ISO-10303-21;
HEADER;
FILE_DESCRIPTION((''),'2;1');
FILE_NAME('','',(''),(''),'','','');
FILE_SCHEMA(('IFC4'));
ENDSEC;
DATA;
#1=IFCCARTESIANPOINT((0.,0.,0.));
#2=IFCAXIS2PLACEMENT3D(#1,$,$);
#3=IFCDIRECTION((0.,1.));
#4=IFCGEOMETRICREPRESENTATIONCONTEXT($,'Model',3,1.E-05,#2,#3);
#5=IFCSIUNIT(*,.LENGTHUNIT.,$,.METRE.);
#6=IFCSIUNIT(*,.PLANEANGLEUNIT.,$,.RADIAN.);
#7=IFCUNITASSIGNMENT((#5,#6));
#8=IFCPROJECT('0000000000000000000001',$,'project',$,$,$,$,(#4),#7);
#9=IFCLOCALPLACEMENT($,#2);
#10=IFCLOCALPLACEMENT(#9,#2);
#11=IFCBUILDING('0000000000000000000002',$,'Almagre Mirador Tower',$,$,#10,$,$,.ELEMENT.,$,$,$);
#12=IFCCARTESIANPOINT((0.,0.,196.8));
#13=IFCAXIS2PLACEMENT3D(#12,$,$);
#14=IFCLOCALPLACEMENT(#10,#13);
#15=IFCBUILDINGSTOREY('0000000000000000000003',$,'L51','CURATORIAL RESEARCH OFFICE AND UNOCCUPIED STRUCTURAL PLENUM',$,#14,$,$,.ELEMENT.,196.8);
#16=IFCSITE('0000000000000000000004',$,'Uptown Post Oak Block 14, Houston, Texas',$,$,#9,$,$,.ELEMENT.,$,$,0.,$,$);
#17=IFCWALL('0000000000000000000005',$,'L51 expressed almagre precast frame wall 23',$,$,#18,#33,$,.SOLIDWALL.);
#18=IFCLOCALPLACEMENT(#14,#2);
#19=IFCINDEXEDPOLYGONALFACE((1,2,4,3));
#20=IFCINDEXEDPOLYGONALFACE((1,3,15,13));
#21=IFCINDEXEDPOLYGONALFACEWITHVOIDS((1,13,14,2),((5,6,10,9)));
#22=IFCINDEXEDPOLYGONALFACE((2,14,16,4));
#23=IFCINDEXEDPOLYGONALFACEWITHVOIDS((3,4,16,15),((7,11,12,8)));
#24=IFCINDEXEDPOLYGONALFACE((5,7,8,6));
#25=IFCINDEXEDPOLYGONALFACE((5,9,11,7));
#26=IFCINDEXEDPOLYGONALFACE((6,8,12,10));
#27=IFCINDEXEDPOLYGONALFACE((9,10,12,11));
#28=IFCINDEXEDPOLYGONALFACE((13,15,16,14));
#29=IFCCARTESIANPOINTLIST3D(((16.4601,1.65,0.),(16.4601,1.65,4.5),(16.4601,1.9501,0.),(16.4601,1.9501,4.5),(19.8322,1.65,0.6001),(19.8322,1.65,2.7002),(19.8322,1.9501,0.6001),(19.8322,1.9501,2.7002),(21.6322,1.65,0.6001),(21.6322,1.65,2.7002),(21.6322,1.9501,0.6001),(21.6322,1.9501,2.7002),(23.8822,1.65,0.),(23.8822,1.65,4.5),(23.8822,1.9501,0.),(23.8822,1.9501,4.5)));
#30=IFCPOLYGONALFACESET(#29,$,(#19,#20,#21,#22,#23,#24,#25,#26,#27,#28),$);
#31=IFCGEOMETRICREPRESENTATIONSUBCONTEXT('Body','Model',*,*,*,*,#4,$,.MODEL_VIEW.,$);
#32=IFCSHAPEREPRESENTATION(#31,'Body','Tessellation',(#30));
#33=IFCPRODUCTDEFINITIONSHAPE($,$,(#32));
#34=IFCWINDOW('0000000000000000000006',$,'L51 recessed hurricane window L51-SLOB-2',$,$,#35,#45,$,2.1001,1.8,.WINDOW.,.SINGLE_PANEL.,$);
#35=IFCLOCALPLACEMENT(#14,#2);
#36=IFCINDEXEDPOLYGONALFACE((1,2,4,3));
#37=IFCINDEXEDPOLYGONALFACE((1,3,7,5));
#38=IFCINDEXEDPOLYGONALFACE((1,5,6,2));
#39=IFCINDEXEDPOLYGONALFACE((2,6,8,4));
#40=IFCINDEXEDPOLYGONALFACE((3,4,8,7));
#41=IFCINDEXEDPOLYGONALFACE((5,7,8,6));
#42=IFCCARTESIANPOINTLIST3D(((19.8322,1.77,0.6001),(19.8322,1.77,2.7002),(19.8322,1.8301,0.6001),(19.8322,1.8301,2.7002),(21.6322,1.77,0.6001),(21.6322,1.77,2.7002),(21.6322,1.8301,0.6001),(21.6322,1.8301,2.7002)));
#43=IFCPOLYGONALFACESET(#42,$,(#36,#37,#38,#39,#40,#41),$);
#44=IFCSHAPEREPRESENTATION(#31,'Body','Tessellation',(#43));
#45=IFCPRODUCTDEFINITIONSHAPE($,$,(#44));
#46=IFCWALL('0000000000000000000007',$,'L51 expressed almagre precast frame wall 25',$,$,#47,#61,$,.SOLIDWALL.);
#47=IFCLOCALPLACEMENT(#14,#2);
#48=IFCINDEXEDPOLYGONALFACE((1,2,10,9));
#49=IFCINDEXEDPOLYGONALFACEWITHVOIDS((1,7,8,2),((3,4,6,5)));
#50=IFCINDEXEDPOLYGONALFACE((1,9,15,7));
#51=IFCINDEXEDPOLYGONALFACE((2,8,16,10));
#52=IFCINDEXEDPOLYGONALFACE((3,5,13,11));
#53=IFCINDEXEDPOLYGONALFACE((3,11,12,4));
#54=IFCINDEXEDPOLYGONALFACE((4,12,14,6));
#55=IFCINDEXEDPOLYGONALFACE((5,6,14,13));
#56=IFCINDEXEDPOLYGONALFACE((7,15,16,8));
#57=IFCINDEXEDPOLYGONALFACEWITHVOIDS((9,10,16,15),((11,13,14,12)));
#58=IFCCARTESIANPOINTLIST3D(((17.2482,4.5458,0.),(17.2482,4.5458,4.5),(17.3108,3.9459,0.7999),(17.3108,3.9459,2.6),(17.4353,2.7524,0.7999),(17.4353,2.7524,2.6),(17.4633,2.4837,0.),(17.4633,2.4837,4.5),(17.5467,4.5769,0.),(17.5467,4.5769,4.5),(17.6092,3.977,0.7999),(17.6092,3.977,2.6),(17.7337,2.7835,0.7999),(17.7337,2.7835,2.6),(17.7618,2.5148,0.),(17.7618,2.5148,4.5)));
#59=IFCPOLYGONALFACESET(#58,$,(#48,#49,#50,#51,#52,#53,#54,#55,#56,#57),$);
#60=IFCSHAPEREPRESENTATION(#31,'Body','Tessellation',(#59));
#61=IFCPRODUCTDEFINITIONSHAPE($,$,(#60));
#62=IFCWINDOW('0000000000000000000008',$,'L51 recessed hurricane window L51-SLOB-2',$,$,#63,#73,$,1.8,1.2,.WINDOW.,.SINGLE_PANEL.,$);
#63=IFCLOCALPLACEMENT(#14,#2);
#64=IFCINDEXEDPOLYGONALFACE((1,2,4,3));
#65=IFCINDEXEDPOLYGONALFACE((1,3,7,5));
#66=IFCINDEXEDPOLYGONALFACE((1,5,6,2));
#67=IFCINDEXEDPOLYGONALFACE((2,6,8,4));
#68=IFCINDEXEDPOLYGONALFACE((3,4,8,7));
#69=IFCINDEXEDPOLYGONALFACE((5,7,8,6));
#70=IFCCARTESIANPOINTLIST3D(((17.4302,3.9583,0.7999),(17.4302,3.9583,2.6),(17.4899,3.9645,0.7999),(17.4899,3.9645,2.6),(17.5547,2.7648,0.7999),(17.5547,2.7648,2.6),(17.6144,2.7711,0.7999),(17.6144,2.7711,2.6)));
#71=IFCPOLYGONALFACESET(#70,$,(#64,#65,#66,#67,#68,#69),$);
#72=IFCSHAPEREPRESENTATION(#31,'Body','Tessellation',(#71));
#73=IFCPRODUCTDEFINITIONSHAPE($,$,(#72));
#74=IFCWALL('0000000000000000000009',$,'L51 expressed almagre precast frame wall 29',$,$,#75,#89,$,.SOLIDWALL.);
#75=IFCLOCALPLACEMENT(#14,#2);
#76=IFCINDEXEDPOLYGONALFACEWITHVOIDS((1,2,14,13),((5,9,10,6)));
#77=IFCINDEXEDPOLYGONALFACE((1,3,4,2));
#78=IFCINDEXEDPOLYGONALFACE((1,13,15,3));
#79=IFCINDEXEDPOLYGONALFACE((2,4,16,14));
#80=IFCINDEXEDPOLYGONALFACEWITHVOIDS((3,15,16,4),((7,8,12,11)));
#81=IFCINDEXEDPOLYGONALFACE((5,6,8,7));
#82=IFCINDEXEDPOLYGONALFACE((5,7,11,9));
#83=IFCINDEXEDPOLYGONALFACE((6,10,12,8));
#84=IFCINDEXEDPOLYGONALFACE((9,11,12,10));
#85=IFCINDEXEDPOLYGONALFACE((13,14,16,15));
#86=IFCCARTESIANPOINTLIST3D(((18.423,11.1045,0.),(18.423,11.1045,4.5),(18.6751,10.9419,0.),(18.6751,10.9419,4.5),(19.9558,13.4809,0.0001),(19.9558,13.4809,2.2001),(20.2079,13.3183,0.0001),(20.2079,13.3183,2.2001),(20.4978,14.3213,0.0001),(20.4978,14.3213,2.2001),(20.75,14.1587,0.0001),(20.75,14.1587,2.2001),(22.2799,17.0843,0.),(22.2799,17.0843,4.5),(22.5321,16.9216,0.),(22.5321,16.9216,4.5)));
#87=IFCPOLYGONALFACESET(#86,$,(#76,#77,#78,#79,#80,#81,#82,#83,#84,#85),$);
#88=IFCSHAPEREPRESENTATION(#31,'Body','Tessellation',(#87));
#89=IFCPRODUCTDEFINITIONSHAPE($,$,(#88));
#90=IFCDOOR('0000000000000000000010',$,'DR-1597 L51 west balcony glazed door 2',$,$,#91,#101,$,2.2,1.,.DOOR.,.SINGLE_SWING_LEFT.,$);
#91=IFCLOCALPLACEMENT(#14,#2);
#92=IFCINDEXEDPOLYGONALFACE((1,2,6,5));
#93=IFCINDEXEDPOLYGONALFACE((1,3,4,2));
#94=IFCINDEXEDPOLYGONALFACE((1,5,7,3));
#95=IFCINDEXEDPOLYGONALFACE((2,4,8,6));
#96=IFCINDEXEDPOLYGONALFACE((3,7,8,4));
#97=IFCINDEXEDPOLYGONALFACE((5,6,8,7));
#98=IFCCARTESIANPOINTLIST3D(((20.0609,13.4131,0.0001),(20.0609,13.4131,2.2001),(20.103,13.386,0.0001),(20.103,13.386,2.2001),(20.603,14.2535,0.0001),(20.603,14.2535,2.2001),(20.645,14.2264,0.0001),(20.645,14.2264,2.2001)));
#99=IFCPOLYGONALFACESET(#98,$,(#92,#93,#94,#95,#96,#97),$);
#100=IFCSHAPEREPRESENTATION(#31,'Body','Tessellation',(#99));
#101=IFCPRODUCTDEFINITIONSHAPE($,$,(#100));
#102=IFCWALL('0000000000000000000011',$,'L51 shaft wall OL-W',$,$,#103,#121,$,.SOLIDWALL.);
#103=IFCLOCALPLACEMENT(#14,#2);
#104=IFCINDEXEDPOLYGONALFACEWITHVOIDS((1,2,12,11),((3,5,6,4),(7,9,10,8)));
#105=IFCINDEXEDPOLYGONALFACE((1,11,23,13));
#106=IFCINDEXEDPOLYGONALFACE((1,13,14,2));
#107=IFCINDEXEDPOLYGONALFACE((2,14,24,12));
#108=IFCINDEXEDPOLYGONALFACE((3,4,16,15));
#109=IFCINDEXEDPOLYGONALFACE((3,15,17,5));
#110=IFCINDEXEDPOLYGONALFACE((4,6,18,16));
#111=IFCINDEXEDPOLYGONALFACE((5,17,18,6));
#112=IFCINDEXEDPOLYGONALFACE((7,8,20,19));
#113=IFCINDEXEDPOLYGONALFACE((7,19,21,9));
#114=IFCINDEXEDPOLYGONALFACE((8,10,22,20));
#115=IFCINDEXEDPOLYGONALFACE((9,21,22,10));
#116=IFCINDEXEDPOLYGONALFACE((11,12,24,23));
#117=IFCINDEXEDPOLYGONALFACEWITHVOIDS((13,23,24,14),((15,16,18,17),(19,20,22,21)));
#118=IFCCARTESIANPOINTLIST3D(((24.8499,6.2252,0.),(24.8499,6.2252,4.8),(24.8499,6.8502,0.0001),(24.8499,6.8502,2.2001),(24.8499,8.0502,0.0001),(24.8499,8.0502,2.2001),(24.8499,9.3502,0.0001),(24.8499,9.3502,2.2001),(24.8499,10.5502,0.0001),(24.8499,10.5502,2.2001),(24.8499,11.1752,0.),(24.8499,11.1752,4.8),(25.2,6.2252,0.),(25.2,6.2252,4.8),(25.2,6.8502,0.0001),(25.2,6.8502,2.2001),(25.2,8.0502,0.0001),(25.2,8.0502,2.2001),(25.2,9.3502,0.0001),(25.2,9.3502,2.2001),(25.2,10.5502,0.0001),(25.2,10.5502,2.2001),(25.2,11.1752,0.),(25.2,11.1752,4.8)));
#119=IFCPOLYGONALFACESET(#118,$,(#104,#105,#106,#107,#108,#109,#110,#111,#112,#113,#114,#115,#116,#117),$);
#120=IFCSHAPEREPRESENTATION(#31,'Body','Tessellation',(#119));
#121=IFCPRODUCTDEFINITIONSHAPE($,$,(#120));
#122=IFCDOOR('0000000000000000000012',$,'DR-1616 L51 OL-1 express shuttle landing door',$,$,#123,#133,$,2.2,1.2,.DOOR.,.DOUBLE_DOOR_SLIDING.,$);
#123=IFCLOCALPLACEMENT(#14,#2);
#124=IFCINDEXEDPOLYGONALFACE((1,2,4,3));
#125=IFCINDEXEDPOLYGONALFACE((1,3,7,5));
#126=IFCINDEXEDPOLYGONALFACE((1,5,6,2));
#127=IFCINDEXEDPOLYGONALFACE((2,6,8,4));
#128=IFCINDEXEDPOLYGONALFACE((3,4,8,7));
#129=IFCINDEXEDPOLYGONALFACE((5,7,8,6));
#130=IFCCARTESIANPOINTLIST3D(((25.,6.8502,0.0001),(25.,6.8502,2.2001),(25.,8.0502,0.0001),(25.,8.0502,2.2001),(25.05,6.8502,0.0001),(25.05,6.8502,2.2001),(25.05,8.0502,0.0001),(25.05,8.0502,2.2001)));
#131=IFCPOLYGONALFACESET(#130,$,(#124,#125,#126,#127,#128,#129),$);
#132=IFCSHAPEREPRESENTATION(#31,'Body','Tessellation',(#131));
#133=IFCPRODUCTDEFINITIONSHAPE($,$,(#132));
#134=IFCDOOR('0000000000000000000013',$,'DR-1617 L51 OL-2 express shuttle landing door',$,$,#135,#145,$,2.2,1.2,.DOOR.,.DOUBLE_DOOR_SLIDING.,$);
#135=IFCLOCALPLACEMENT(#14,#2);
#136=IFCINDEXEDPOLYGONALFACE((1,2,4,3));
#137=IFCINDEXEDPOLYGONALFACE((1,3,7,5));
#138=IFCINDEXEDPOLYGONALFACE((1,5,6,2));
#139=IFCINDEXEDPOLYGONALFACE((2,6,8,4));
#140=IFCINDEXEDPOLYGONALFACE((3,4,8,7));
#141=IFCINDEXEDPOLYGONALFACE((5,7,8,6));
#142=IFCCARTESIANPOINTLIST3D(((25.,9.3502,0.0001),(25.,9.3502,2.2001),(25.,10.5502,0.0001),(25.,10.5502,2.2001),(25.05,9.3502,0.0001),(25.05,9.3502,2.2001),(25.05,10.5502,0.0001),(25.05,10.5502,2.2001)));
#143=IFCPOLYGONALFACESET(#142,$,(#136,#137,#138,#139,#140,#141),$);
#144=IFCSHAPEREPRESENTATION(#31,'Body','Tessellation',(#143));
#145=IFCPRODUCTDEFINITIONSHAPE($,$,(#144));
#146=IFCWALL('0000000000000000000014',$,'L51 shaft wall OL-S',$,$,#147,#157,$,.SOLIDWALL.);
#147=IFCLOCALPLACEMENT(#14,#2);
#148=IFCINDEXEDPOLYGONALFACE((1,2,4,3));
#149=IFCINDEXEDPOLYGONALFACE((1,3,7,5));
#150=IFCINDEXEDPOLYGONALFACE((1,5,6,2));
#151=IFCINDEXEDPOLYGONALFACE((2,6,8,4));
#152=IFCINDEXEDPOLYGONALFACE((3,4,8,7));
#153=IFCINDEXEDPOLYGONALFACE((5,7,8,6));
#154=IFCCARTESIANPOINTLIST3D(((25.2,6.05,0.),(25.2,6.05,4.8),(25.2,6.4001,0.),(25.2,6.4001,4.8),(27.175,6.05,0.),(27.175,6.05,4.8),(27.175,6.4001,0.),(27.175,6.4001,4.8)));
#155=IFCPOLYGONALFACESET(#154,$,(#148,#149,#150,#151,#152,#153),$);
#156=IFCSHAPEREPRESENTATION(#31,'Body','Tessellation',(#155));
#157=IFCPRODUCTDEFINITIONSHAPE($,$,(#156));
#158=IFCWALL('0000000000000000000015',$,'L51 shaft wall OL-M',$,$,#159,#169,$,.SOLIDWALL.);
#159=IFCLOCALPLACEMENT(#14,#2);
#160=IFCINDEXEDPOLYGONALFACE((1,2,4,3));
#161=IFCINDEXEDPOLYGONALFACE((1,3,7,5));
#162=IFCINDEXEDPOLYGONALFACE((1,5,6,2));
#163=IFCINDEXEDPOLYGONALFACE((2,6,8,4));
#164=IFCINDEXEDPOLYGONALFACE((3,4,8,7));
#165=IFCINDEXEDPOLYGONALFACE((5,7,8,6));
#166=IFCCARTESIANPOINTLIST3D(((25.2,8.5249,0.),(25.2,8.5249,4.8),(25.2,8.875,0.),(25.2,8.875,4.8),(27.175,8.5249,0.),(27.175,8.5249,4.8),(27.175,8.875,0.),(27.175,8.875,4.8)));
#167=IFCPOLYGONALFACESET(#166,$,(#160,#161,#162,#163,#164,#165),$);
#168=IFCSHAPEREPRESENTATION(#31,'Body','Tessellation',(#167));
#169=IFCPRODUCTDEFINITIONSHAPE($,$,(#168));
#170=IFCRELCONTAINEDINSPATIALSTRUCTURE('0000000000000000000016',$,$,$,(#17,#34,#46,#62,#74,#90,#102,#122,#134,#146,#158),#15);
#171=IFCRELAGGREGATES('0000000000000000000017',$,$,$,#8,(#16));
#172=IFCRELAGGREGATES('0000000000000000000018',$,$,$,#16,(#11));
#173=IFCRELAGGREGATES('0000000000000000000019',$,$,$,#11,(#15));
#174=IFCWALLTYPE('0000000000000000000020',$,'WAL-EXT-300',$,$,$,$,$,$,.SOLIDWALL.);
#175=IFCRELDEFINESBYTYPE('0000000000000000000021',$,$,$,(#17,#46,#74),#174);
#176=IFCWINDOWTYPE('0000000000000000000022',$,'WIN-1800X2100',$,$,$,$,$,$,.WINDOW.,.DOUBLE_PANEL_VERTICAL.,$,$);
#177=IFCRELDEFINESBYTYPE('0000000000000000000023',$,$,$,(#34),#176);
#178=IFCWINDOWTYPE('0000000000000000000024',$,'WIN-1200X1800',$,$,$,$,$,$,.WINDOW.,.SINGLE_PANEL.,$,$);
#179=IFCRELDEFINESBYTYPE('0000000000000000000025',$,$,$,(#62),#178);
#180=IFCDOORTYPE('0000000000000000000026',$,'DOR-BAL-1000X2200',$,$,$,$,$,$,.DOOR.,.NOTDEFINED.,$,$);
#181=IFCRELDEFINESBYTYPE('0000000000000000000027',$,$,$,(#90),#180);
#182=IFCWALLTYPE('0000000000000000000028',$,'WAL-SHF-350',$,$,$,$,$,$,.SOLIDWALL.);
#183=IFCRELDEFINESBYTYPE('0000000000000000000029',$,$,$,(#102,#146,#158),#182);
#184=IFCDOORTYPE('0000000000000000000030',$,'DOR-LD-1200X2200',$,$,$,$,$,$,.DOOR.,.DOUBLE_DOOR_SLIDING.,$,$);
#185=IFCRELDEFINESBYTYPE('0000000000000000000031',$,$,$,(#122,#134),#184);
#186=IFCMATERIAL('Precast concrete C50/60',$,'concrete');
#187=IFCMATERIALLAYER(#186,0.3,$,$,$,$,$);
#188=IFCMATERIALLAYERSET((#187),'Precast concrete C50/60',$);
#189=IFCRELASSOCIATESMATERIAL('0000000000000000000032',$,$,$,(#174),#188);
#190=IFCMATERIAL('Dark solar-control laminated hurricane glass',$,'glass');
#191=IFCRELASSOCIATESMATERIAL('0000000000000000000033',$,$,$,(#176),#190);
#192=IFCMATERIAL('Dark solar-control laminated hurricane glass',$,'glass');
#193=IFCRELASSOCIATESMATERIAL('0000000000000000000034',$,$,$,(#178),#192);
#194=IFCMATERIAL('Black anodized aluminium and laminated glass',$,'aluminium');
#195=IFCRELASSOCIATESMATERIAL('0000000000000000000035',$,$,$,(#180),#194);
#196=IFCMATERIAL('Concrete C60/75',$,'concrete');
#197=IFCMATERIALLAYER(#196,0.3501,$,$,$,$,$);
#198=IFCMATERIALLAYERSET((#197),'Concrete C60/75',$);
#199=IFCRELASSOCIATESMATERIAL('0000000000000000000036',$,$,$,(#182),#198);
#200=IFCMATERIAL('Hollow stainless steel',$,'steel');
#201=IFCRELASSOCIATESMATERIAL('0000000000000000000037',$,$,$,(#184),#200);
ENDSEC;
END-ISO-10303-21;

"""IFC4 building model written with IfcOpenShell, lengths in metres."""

from ifc_helpers import new_model, si_unit, direction, frame, frame_2d, origin, place, context, subcontext, project, spatial, rectangle, extrude, material, layer, layer_set, type_object, element, fill, save


model = new_model("IFC4")

# Units and contexts
model_context = context("Model", 3, precision=1e-05, world=origin(), true_north=direction((0.0, 1.0)))
body_context = subcontext(model_context, "Body", "Model", "MODEL_VIEW")
ifc_project = project(units=[si_unit("LENGTHUNIT", "METRE"), si_unit("PLANEANGLEUNIT", "RADIAN")], contexts=[model_context])

# Site, building, storey
site_placement = place(None, origin())
site = spatial("IfcSite", under=ifc_project, at=site_placement, Name="Uptown Post Oak Block 14, Houston, Texas", CompositionType="ELEMENT", RefElevation=0.0)
building_placement = place(site_placement, origin())
building = spatial("IfcBuilding", under=site, at=building_placement, Name="Almagre Mirador Tower", CompositionType="ELEMENT")
storey_placement = place(building_placement, frame((0.0, 0.0, 196.8)))
storey = spatial("IfcBuildingStorey", under=building, at=storey_placement, Name="L51", Description="CURATORIAL RESEARCH OFFICE AND UNOCCUPIED STRUCTURAL PLENUM", CompositionType="ELEMENT", Elevation=196.8)

# Walls, openings, windows
ifc_material_1 = material(Name="Precast concrete C50/60", Category="concrete")
ifc_layer_1 = layer(ifc_material_1, 0.3)
ifc_layer_set_1 = layer_set([ifc_layer_1], Name="Precast concrete C50/60")
wall_type_1 = type_object("IfcWallType", Name="WAL-EXT-300", PredefinedType="SOLIDWALL", material=ifc_layer_set_1)
wall_1_placement = place(storey_placement, frame((23.8821, 1.8, 0.0), z_axis=(0.0, 0.0, 1.0), x_axis=(-1.0, 0.0, 0.0)))
wall_1 = element("IfcWall", 1, at=wall_1_placement, inside=storey, type_object=wall_type_1, Name="L51 expressed almagre precast frame wall 23", PredefinedType="SOLIDWALL", context=body_context, shape_type="SweptSolid", body=[
    extrude(rectangle(XDim=7.4221, YDim=0.3, at=frame_2d((3.7109, 0.0))), origin(), (0.0, 0.0, 1.0), 4.5),
])
opening_1_placement = place(wall_1_placement, frame((2.25, 0.0, 0.6001)))
opening_1 = element("IfcOpeningElement", 2, at=opening_1_placement, cuts=wall_1, PredefinedType="OPENING", context=body_context, shape_type="SweptSolid", body=[
    extrude(rectangle(XDim=1.8, YDim=2.1001, at=frame_2d((0.8999, 1.05))), frame((0.0, 0.1599, 0.0), z_axis=(0.0, -1.0, 0.0), x_axis=(1.0, 0.0, 0.0)), (0.0, 0.0, 1.0), 0.32),
])
ifc_material_2 = material(Name="Dark solar-control laminated hurricane glass", Category="glass")
window_type_1 = type_object("IfcWindowType", Name="WIN-1800X2100", PartitioningType="DOUBLE_PANEL_VERTICAL", PredefinedType="WINDOW", material=ifc_material_2)
window_1_placement = place(opening_1_placement, origin())
window_1 = element("IfcWindow", 3, at=window_1_placement, inside=storey, type_object=window_type_1, Name="L51 recessed hurricane window L51-SLOB-2", OverallHeight=2.1001, OverallWidth=1.8, PartitioningType="SINGLE_PANEL", PredefinedType="WINDOW", context=body_context, shape_type="SweptSolid", body=[
    extrude(rectangle(XDim=1.8, YDim=2.1001, at=frame_2d((0.8999, 1.05))), frame((0.0, 0.03, 0.0), z_axis=(0.0, -1.0, 0.0), x_axis=(1.0, 0.0, 0.0)), (0.0, 0.0, 1.0), 0.0601),
])
fill(opening_1, window_1)
wall_2_placement = place(storey_placement, frame((17.6125, 2.4993, 0.0), z_axis=(0.0, 0.0, 1.0), x_axis=(-0.103747, 0.994604, 0.0)))
wall_2 = element("IfcWall", 4, at=wall_2_placement, inside=storey, type_object=wall_type_1, Name="L51 expressed almagre precast frame wall 25", PredefinedType="SOLIDWALL", context=body_context, shape_type="SweptSolid", body=[
    extrude(rectangle(XDim=2.0732, YDim=0.3, at=frame_2d((1.0366, 0.0))), origin(), (0.0, 0.0, 1.0), 4.5),
])
opening_2_placement = place(wall_2_placement, frame((0.27, 0.0, 0.8)))
opening_2 = element("IfcOpeningElement", 5, at=opening_2_placement, cuts=wall_2, PredefinedType="OPENING", context=body_context, shape_type="SweptSolid", body=[
    extrude(rectangle(XDim=1.2, YDim=1.8, at=frame_2d((0.6001, 0.8999))), frame((0.0, 0.1599, 0.0), z_axis=(0.0, -1.0, 0.0), x_axis=(1.0, 0.0, 0.0)), (0.0, 0.0, 1.0), 0.32),
])
ifc_material_3 = material(Name="Dark solar-control laminated hurricane glass", Category="glass")
window_type_2 = type_object("IfcWindowType", Name="WIN-1200X1800", PartitioningType="SINGLE_PANEL", PredefinedType="WINDOW", material=ifc_material_3)
window_2_placement = place(opening_2_placement, origin())
window_2 = element("IfcWindow", 6, at=window_2_placement, inside=storey, type_object=window_type_2, Name="L51 recessed hurricane window L51-SLOB-2", OverallHeight=1.8, OverallWidth=1.2, PartitioningType="SINGLE_PANEL", PredefinedType="WINDOW", context=body_context, shape_type="SweptSolid", body=[
    extrude(rectangle(XDim=1.2, YDim=1.8, at=frame_2d((0.6001, 0.8999))), frame((0.0, 0.03, 0.0), z_axis=(0.0, -1.0, 0.0), x_axis=(1.0, 0.0, 0.0)), (0.0, 0.0, 1.0), 0.0601),
])
fill(opening_2, window_2)

# Wall, opening, door
wall_3_placement = place(storey_placement, frame((18.5491, 11.0232, 0.0), z_axis=(0.0, 0.0, 1.0), x_axis=(0.542032, 0.840358, 0.0)))
wall_3 = element("IfcWall", 7, at=wall_3_placement, inside=storey, type_object=wall_type_1, Name="L51 expressed almagre precast frame wall 29", PredefinedType="SOLIDWALL", context=body_context, shape_type="SweptSolid", body=[
    extrude(rectangle(XDim=7.1157, YDim=0.3, at=frame_2d((3.5579, 0.0))), origin(), (0.0, 0.0, 1.0), 4.5),
])
opening_3_placement = place(wall_3_placement, frame((2.8279, 0.0, 0.0)))
opening_3 = element("IfcOpeningElement", 8, at=opening_3_placement, cuts=wall_3, PredefinedType="OPENING", context=body_context, shape_type="SweptSolid", body=[
    extrude(rectangle(XDim=1.0, YDim=2.2, at=frame_2d((0.5, 1.1001))), frame((0.0, 0.1599, 0.0), z_axis=(0.0, -1.0, 0.0), x_axis=(1.0, 0.0, 0.0)), (0.0, 0.0, 1.0), 0.32),
])
ifc_material_4 = material(Name="Black anodized aluminium and laminated glass", Category="aluminium")
door_type_1 = type_object("IfcDoorType", Name="DOR-BAL-1000X2200", OperationType="NOTDEFINED", PredefinedType="DOOR", material=ifc_material_4)
door_1_placement = place(opening_3_placement, origin())
door_1 = element("IfcDoor", 9, at=door_1_placement, inside=storey, type_object=door_type_1, Name="DR-1597 L51 west balcony glazed door 2", OperationType="SINGLE_SWING_LEFT", OverallHeight=2.2, OverallWidth=1.0, PredefinedType="DOOR", context=body_context, shape_type="SweptSolid", body=[
    extrude(rectangle(XDim=1.0, YDim=2.2, at=frame_2d((0.5, 1.1001))), frame((0.0, 0.0249, 0.0), z_axis=(0.0, -1.0, 0.0), x_axis=(1.0, 0.0, 0.0)), (0.0, 0.0, 1.0), 0.05),
])
fill(opening_3, door_1)

# Wall, openings, doors
ifc_material_5 = material(Name="Concrete C60/75", Category="concrete")
ifc_layer_2 = layer(ifc_material_5, 0.3501)
ifc_layer_set_2 = layer_set([ifc_layer_2], Name="Concrete C60/75")
wall_type_2 = type_object("IfcWallType", Name="WAL-SHF-350", PredefinedType="SOLIDWALL", material=ifc_layer_set_2)
wall_4_placement = place(storey_placement, frame((25.0249, 6.2251, 0.0), z_axis=(0.0, 0.0, 1.0), x_axis=(0.0, 1.0, 0.0)))
wall_4 = element("IfcWall", 10, at=wall_4_placement, inside=storey, type_object=wall_type_2, Name="L51 shaft wall OL-W", PredefinedType="SOLIDWALL", context=body_context, shape_type="SweptSolid", body=[
    extrude(rectangle(XDim=4.95, YDim=0.3501, at=frame_2d((2.4751, 0.0))), origin(), (0.0, 0.0, 1.0), 4.8),
])
opening_4_placement = place(wall_4_placement, frame((0.625, 0.0, 0.0)))
opening_4 = element("IfcOpeningElement", 11, at=opening_4_placement, cuts=wall_4, PredefinedType="OPENING", context=body_context, shape_type="SweptSolid", body=[
    extrude(rectangle(XDim=1.2, YDim=2.2, at=frame_2d((0.6001, 1.1001))), frame((0.0, 0.185, 0.0), z_axis=(0.0, -1.0, 0.0), x_axis=(1.0, 0.0, 0.0)), (0.0, 0.0, 1.0), 0.3701),
])
opening_5_placement = place(wall_4_placement, frame((3.125, 0.0, 0.0)))
opening_5 = element("IfcOpeningElement", 12, at=opening_5_placement, cuts=wall_4, PredefinedType="OPENING", context=body_context, shape_type="SweptSolid", body=[
    extrude(rectangle(XDim=1.2, YDim=2.2, at=frame_2d((0.6001, 1.1001))), frame((0.0, 0.185, 0.0), z_axis=(0.0, -1.0, 0.0), x_axis=(1.0, 0.0, 0.0)), (0.0, 0.0, 1.0), 0.3701),
])
ifc_material_6 = material(Name="Hollow stainless steel", Category="steel")
door_type_2 = type_object("IfcDoorType", Name="DOR-LD-1200X2200", OperationType="DOUBLE_DOOR_SLIDING", PredefinedType="DOOR", material=ifc_material_6)
door_2_placement = place(opening_4_placement, origin())
door_2 = element("IfcDoor", 13, at=door_2_placement, inside=storey, type_object=door_type_2, Name="DR-1616 L51 OL-1 express shuttle landing door", OperationType="DOUBLE_DOOR_SLIDING", OverallHeight=2.2, OverallWidth=1.2, PredefinedType="DOOR", context=body_context, shape_type="SweptSolid", body=[
    extrude(rectangle(XDim=1.2, YDim=2.2, at=frame_2d((0.6001, 1.1001))), frame((0.0, 0.0249, 0.0), z_axis=(0.0, -1.0, 0.0), x_axis=(1.0, 0.0, 0.0)), (0.0, 0.0, 1.0), 0.05),
])
fill(opening_4, door_2)
door_3_placement = place(opening_5_placement, origin())
door_3 = element("IfcDoor", 14, at=door_3_placement, inside=storey, type_object=door_type_2, Name="DR-1617 L51 OL-2 express shuttle landing door", OperationType="DOUBLE_DOOR_SLIDING", OverallHeight=2.2, OverallWidth=1.2, PredefinedType="DOOR", context=body_context, shape_type="SweptSolid", body=[
    extrude(rectangle(XDim=1.2, YDim=2.2, at=frame_2d((0.6001, 1.1001))), frame((0.0, 0.0249, 0.0), z_axis=(0.0, -1.0, 0.0), x_axis=(1.0, 0.0, 0.0)), (0.0, 0.0, 1.0), 0.05),
])
fill(opening_5, door_3)

# Walls
for number, where, z_axis, x_axis, name in (
    (15, (25.2, 6.2251, 0.0), (0.0, 0.0, 1.0), (1.0, 0.0, 0.0), "L51 shaft wall OL-S"),
    (16, (25.2, 8.7, 0.0), (0.0, 0.0, 1.0), (1.0, 0.0, 0.0), "L51 shaft wall OL-M"),
):
    element("IfcWall", number, at=place(storey_placement, frame(where, z_axis=z_axis, x_axis=x_axis)), inside=storey, type_object=wall_type_2, Name=name, PredefinedType="SOLIDWALL", context=body_context, shape_type="SweptSolid", body=[
        extrude(rectangle(XDim=1.9751, YDim=0.3501, at=frame_2d((0.9875, 0.0))), origin(), (0.0, 0.0, 1.0), 4.8),
    ])

save(model, "model.ifc")
